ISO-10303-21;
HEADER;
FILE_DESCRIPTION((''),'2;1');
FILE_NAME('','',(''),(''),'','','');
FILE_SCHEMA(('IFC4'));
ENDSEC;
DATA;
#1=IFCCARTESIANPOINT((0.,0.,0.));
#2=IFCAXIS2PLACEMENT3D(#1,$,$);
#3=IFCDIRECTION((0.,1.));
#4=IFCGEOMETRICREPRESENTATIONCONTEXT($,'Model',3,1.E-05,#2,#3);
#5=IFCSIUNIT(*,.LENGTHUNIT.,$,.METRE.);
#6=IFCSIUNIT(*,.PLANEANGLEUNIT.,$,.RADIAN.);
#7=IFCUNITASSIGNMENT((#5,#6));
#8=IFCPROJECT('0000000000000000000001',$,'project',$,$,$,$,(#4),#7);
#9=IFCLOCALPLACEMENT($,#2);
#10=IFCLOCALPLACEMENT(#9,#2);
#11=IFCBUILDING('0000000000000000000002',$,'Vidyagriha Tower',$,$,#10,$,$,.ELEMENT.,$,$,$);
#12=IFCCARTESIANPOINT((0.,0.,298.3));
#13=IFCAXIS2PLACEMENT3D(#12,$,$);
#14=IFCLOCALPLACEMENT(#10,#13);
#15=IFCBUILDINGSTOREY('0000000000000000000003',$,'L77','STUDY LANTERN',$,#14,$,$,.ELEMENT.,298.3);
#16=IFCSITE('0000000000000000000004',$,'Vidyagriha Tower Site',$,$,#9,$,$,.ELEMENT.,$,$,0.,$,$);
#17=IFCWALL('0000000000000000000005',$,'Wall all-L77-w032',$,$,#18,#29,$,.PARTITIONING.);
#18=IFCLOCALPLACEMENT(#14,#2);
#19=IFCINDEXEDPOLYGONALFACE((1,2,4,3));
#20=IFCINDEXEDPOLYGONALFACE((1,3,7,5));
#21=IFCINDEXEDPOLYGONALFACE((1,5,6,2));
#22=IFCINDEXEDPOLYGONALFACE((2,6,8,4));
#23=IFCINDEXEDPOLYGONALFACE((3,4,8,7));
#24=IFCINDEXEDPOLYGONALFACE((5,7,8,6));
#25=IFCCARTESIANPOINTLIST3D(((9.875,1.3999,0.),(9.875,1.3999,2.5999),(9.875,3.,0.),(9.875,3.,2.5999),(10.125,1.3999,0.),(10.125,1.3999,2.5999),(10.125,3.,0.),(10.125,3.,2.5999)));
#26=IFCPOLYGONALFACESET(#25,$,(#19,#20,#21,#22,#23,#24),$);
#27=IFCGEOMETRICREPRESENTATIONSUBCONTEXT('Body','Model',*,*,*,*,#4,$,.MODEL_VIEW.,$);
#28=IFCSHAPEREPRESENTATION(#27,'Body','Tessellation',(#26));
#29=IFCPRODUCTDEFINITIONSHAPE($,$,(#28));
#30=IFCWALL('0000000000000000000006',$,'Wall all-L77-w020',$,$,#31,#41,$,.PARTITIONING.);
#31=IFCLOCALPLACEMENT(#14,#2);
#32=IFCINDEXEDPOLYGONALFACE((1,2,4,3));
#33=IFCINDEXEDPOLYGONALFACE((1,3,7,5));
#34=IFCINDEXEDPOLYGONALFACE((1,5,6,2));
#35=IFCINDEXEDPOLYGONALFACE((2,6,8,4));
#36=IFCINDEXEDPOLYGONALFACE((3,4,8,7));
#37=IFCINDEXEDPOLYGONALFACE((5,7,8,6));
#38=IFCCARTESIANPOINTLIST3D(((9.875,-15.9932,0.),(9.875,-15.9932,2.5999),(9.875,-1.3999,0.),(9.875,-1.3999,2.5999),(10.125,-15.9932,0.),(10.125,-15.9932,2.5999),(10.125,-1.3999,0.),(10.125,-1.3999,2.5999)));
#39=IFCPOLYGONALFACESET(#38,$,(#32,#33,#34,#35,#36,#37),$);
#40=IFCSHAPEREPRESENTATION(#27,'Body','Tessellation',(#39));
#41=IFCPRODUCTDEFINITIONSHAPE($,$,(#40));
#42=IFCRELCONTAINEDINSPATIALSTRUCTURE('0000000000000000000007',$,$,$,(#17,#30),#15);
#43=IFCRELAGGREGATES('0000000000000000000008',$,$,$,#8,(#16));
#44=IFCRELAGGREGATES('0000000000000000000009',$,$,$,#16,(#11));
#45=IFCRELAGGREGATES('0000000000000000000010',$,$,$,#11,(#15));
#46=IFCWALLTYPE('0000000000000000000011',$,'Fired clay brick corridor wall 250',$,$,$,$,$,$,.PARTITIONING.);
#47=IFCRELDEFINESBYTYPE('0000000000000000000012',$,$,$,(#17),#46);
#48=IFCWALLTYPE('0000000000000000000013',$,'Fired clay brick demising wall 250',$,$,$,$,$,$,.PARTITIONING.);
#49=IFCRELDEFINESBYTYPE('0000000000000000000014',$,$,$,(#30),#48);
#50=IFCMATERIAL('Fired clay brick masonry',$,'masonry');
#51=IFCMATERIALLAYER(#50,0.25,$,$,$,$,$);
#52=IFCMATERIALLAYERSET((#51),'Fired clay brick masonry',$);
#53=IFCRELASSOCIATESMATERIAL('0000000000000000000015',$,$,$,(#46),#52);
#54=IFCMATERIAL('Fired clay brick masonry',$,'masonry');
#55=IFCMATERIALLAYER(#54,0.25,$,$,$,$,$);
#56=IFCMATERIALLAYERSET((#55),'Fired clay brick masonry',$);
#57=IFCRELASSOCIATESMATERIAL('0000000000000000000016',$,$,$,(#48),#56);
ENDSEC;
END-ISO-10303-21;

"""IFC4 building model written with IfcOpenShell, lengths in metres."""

from ifc_helpers import new_model, si_unit, direction, frame, frame_2d, origin, place, context, subcontext, project, spatial, rectangle, extrude, material, layer, layer_set, type_object, element, save


model = new_model("IFC4")

# Units and contexts
model_context = context("Model", 3, precision=1e-05, world=origin(), true_north=direction((0.0, 1.0)))
body_context = subcontext(model_context, "Body", "Model", "MODEL_VIEW")
ifc_project = project(units=[si_unit("LENGTHUNIT", "METRE"), si_unit("PLANEANGLEUNIT", "RADIAN")], contexts=[model_context])

# Site, building, storey
site_placement = place(None, origin())
site = spatial("IfcSite", under=ifc_project, at=site_placement, Name="Vidyagriha Tower Site", CompositionType="ELEMENT", RefElevation=0.0)
building_placement = place(site_placement, origin())
building = spatial("IfcBuilding", under=site, at=building_placement, Name="Vidyagriha Tower", CompositionType="ELEMENT")
storey_placement = place(building_placement, frame((0.0, 0.0, 298.3)))
storey = spatial("IfcBuildingStorey", under=building, at=storey_placement, Name="L77", Description="STUDY LANTERN", CompositionType="ELEMENT", Elevation=298.3)

# Shared definitions
ifc_material_1 = material(Name="Fired clay brick masonry", Category="masonry")
ifc_layer_1 = layer(ifc_material_1, 0.25)
ifc_layer_set_1 = layer_set([ifc_layer_1], Name="Fired clay brick masonry")
wall_type_1 = type_object("IfcWallType", Name="Fired clay brick corridor wall 250", PredefinedType="PARTITIONING", material=ifc_layer_set_1)

# Walls
wall_1_placement = place(storey_placement, frame((10.0, 1.3999, 0.0), z_axis=(0.0, 0.0, 1.0), x_axis=(0.0, 1.0, 0.0)))
element("IfcWall", 1, at=wall_1_placement, inside=storey, type_object=wall_type_1, Name="Wall all-L77-w032", PredefinedType="PARTITIONING", context=body_context, shape_type="SweptSolid", body=[
    extrude(rectangle(XDim=1.6001, YDim=0.25, at=frame_2d((0.8, 0.0))), origin(), (0.0, 0.0, 1.0), 2.5999),
])
ifc_material_2 = material(Name="Fired clay brick masonry", Category="masonry")
ifc_layer_2 = layer(ifc_material_2, 0.25)
ifc_layer_set_2 = layer_set([ifc_layer_2], Name="Fired clay brick masonry")
wall_type_2 = type_object("IfcWallType", Name="Fired clay brick demising wall 250", PredefinedType="PARTITIONING", material=ifc_layer_set_2)
wall_2_placement = place(storey_placement, frame((10.0, -1.3999, 0.0), z_axis=(0.0, 0.0, 1.0), x_axis=(0.0, -1.0, 0.0)))
element("IfcWall", 2, at=wall_2_placement, inside=storey, type_object=wall_type_2, Name="Wall all-L77-w020", PredefinedType="PARTITIONING", context=body_context, shape_type="SweptSolid", body=[
    extrude(rectangle(XDim=14.5933, YDim=0.25, at=frame_2d((7.2966, 0.0))), origin(), (0.0, 0.0, 1.0), 2.5999),
])

save(model, "model.ifc")
